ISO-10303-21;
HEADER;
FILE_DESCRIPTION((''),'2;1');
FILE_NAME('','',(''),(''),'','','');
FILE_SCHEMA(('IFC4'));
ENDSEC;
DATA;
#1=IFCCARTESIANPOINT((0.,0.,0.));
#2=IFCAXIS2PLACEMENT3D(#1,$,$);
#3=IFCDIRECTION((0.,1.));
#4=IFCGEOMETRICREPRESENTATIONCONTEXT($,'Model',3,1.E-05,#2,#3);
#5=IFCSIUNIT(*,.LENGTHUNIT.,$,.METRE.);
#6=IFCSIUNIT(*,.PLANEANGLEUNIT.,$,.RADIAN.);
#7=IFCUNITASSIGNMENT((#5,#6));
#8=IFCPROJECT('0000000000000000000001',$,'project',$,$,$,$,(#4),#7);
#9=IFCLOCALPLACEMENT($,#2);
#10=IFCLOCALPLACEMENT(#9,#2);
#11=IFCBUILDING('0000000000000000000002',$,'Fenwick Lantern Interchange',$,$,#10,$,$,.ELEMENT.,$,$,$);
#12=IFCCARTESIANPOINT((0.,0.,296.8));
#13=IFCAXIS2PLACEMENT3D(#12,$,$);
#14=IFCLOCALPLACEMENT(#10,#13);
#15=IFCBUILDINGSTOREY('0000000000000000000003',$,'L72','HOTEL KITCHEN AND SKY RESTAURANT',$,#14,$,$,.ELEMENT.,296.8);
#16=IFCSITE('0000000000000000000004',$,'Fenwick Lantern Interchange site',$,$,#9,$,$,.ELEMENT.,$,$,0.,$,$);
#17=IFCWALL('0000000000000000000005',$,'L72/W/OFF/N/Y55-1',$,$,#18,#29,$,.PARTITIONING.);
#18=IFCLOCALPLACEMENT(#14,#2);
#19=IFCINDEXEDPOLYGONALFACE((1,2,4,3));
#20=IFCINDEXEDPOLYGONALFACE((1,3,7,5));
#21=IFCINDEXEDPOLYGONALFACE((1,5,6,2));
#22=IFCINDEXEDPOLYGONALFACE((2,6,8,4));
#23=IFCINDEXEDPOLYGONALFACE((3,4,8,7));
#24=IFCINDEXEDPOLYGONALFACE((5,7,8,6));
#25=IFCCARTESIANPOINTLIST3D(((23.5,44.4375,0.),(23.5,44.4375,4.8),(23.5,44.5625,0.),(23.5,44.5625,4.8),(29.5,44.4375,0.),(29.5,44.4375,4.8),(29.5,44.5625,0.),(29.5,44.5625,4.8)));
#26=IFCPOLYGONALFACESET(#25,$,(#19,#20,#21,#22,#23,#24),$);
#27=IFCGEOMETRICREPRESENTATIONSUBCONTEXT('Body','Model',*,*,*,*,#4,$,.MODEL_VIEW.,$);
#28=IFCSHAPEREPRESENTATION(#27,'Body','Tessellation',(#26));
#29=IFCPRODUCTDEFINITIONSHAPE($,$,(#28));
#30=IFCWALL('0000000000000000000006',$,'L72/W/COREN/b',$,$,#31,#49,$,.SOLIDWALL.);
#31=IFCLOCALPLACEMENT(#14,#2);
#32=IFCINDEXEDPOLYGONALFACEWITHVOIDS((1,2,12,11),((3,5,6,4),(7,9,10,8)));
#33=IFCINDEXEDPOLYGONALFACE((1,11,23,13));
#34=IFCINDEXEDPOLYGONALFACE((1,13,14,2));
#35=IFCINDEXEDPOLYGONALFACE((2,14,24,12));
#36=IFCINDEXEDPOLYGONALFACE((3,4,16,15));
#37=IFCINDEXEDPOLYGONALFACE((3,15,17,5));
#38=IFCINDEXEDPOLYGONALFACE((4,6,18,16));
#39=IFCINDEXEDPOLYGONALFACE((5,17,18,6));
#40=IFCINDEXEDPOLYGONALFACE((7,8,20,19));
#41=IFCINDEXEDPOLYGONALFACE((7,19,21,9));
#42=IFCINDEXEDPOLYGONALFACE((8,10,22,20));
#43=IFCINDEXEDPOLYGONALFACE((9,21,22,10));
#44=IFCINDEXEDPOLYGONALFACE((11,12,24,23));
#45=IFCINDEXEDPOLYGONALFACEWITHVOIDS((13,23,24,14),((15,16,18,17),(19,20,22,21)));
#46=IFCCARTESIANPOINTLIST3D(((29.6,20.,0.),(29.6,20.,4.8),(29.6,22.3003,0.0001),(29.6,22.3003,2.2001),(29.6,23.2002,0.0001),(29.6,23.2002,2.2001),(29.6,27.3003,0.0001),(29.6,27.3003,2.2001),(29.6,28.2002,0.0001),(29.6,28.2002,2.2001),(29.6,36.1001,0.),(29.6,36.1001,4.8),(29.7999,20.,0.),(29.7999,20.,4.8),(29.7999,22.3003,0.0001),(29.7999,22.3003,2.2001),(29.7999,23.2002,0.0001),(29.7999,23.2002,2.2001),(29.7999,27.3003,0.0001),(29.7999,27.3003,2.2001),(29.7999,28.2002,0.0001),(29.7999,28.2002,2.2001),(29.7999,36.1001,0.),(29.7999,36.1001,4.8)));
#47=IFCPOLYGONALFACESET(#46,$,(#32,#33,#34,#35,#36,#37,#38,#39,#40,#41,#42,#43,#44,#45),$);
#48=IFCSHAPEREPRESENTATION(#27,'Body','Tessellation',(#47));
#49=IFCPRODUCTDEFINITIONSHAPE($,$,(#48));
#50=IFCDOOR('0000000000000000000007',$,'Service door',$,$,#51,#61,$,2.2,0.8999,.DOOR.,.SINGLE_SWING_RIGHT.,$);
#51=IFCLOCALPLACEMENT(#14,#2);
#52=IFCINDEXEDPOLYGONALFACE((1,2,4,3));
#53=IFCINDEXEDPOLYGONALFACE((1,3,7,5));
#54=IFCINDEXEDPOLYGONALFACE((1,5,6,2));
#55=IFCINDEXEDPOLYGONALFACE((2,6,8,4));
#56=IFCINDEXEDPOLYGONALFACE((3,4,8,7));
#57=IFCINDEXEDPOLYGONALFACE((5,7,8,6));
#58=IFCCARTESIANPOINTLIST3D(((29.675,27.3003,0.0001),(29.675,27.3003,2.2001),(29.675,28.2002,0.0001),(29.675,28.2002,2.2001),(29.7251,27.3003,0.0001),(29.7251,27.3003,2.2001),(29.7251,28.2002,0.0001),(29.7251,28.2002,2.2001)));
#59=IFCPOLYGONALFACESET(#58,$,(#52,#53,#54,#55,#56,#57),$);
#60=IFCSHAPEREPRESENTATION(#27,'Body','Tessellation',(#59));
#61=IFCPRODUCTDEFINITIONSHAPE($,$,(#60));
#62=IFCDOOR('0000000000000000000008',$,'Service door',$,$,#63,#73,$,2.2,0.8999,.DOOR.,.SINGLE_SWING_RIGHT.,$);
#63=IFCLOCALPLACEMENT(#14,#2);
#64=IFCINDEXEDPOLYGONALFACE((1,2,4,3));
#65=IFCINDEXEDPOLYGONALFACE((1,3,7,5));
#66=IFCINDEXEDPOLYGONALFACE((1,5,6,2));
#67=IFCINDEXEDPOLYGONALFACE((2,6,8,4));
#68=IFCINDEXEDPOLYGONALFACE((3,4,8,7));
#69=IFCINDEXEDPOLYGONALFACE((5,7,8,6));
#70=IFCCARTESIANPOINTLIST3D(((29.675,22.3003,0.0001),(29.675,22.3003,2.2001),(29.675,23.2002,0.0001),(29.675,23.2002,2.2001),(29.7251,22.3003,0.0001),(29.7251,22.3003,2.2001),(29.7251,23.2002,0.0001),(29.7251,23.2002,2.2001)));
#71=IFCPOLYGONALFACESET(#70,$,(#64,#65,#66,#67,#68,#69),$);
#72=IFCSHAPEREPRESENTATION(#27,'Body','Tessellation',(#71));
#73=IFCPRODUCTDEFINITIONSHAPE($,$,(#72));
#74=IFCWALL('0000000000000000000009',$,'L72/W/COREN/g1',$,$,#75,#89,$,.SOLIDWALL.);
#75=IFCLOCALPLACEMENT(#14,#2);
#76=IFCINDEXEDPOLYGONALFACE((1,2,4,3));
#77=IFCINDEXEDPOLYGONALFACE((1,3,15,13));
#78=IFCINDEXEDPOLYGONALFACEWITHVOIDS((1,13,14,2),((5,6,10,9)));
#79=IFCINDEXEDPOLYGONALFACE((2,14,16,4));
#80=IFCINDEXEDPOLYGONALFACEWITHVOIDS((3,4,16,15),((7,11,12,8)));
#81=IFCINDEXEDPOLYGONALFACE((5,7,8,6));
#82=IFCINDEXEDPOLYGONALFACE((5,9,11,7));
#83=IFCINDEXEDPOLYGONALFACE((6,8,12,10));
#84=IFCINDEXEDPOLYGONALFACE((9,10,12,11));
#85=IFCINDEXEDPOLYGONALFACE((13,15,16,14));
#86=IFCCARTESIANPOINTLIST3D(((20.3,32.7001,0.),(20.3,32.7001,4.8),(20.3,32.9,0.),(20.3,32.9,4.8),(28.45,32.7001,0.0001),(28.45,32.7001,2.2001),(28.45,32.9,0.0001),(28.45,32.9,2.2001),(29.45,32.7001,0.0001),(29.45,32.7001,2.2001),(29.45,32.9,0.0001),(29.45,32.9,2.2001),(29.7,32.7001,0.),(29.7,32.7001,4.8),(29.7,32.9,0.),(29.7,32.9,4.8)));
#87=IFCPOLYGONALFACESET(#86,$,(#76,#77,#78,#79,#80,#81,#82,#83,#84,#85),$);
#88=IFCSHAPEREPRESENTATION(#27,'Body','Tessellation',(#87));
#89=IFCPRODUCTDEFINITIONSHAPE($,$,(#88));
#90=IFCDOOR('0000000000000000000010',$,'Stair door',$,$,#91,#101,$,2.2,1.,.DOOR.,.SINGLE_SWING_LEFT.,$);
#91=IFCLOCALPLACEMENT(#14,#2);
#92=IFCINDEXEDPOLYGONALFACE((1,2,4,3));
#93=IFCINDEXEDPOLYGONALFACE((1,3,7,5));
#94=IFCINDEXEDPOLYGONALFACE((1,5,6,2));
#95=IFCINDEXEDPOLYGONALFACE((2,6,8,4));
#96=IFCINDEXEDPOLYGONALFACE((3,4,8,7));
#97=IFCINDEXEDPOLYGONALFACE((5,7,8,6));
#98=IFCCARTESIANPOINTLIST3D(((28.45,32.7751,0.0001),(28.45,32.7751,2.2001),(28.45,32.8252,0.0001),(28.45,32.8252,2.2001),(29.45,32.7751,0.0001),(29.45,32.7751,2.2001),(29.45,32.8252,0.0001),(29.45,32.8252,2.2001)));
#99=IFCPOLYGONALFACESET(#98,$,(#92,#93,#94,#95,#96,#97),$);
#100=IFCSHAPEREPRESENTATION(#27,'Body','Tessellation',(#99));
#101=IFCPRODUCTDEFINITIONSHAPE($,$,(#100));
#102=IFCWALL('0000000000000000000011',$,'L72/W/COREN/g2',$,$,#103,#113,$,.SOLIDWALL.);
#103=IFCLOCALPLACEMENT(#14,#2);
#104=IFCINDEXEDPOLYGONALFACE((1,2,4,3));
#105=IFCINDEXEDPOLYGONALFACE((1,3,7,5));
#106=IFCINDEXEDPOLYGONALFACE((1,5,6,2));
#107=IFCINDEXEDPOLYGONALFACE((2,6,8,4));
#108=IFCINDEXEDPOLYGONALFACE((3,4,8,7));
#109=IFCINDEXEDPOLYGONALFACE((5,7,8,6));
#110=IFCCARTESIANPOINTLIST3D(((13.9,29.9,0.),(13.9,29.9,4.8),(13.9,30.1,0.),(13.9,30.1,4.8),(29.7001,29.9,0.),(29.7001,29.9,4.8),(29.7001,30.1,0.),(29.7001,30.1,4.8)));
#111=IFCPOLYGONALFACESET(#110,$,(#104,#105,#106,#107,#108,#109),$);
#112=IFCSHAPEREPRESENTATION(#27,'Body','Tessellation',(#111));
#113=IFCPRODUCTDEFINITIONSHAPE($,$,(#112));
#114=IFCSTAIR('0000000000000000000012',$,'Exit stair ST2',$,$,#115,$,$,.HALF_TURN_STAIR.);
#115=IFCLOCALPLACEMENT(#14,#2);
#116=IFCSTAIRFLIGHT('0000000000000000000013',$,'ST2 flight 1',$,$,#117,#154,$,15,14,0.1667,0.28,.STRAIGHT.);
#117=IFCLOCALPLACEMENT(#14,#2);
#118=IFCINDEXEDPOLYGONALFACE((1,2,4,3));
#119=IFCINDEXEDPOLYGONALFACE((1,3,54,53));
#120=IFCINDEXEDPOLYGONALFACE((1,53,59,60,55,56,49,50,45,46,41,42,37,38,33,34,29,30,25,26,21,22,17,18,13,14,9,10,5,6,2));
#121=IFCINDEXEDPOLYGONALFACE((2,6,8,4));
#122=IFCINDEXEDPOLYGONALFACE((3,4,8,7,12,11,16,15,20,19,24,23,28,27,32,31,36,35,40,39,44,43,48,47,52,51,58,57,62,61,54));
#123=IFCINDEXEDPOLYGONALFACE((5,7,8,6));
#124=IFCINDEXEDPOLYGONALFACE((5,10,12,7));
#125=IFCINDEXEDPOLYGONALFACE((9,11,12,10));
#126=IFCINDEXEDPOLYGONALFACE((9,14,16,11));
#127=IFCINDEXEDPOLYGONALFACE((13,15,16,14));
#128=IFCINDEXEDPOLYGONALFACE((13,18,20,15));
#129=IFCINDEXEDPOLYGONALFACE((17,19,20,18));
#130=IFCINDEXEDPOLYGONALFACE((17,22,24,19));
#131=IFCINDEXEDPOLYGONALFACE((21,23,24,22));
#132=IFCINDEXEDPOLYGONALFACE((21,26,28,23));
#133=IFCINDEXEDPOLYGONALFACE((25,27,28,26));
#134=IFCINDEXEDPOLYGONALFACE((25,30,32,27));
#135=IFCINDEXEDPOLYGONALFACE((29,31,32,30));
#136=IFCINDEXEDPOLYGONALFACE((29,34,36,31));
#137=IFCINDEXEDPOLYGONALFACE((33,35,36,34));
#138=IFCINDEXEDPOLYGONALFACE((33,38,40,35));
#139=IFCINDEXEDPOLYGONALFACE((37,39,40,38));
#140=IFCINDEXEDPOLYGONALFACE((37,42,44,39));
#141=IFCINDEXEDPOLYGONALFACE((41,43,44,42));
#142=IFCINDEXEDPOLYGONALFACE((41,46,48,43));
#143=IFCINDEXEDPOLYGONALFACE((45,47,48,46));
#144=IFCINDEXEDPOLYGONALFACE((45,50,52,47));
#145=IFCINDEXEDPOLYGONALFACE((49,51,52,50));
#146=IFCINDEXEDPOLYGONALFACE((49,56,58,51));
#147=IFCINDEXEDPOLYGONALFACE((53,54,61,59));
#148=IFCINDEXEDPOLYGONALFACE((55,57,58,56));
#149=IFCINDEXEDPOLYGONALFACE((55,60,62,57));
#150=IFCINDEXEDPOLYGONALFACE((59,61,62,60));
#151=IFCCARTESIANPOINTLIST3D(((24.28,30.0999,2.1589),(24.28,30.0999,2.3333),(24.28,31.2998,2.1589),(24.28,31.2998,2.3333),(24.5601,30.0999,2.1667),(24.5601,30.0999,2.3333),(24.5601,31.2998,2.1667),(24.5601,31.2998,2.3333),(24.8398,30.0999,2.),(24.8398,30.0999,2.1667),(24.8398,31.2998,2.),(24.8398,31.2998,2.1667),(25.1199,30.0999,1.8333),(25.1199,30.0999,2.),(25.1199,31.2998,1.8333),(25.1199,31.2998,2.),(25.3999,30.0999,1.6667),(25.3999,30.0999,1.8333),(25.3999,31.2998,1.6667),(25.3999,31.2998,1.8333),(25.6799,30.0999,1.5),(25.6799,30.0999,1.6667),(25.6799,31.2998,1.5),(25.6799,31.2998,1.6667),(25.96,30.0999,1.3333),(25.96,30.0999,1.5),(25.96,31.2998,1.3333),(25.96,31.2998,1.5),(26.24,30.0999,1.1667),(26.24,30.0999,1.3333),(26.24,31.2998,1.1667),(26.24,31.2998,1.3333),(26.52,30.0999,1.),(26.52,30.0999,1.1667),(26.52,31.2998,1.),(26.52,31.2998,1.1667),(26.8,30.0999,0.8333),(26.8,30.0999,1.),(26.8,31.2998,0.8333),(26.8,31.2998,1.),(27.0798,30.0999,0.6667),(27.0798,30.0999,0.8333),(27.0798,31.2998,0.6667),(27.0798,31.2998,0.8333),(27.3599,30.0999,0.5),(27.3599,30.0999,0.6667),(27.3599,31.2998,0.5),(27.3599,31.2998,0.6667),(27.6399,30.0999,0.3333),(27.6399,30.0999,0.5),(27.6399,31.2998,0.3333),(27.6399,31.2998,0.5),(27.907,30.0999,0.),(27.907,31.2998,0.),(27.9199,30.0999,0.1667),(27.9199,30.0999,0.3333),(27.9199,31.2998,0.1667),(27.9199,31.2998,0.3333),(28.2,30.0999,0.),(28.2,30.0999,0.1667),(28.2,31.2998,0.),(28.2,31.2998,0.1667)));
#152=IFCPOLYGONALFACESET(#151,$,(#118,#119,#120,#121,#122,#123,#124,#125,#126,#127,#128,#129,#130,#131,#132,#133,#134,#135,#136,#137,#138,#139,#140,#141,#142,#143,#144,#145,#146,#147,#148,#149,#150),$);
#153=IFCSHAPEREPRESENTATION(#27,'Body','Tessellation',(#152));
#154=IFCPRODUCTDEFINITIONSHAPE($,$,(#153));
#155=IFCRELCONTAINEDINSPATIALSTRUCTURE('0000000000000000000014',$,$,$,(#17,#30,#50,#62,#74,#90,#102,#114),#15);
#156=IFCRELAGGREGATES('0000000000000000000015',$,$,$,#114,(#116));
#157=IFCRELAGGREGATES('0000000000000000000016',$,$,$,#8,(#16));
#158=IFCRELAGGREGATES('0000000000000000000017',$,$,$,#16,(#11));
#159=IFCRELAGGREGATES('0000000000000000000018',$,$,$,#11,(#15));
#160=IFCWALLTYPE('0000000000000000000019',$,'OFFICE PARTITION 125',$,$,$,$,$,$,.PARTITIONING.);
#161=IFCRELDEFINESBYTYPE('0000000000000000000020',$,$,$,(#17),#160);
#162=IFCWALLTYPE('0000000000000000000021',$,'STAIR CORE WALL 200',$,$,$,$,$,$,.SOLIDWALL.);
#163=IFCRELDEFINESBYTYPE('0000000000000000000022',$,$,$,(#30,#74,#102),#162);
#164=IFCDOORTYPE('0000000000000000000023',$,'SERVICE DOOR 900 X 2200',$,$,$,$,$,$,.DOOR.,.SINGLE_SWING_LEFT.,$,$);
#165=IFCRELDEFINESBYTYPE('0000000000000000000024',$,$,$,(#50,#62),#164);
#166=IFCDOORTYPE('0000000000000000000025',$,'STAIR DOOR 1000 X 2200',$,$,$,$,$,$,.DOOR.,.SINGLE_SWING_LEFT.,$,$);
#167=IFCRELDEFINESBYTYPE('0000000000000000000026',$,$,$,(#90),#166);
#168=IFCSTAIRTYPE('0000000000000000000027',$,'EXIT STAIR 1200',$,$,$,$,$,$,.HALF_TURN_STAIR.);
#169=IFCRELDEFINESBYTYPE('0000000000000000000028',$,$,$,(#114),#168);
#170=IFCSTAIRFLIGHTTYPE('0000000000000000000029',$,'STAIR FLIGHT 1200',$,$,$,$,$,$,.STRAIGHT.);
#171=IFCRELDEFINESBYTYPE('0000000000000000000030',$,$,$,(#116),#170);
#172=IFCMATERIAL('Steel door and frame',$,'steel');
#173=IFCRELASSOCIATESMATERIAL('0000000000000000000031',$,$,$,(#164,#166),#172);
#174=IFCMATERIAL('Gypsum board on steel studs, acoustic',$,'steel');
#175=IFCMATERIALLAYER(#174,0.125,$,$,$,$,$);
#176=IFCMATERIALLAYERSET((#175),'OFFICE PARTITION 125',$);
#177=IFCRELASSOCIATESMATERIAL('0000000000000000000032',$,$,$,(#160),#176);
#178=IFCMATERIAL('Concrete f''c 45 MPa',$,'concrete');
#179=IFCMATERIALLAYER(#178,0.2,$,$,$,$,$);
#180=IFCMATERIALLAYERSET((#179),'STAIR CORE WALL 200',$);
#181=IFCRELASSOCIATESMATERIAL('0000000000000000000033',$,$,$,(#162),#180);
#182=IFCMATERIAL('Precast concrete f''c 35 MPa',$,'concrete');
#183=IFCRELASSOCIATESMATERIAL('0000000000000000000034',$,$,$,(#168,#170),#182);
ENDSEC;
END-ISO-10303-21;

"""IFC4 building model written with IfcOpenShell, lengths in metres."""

from ifc_helpers import new_model, si_unit, direction, frame, frame_2d, origin, place, context, subcontext, project, spatial, polyline, rectangle, outline, extrude, material, layer, layer_set, type_object, element, fill, aggregate, save


model = new_model("IFC4")

# Units and contexts
model_context = context("Model", 3, precision=1e-05, world=origin(), true_north=direction((0.0, 1.0)))
body_context = subcontext(model_context, "Body", "Model", "MODEL_VIEW")
ifc_project = project(units=[si_unit("LENGTHUNIT", "METRE"), si_unit("PLANEANGLEUNIT", "RADIAN")], contexts=[model_context])

# Site, building, storey
site_placement = place(None, origin())
site = spatial("IfcSite", under=ifc_project, at=site_placement, Name="Fenwick Lantern Interchange site", CompositionType="ELEMENT", RefElevation=0.0)
building_placement = place(site_placement, origin())
building = spatial("IfcBuilding", under=site, at=building_placement, Name="Fenwick Lantern Interchange", CompositionType="ELEMENT")
storey_placement = place(building_placement, frame((0.0, 0.0, 296.8)))
storey = spatial("IfcBuildingStorey", under=building, at=storey_placement, Name="L72", Description="HOTEL KITCHEN AND SKY RESTAURANT", CompositionType="ELEMENT", Elevation=296.8)

# Shared definitions
ifc_material_1 = material(Name="Steel door and frame", Category="steel")
door_type_1 = type_object("IfcDoorType", Name="SERVICE DOOR 900 X 2200", OperationType="SINGLE_SWING_LEFT", PredefinedType="DOOR", material=ifc_material_1)

# Wall
ifc_material_2 = material(Name="Gypsum board on steel studs, acoustic", Category="steel")
ifc_layer_1 = layer(ifc_material_2, 0.125)
ifc_layer_set_1 = layer_set([ifc_layer_1], Name="OFFICE PARTITION 125")
wall_type_1 = type_object("IfcWallType", Name="OFFICE PARTITION 125", PredefinedType="PARTITIONING", material=ifc_layer_set_1)
wall_1_placement = place(storey_placement, frame((29.5, 44.5, 0.0), z_axis=(0.0, 0.0, 1.0), x_axis=(-1.0, 0.0, 0.0)))
element("IfcWall", 1, at=wall_1_placement, inside=storey, type_object=wall_type_1, Name="L72/W/OFF/N/Y55-1", PredefinedType="PARTITIONING", context=body_context, shape_type="SweptSolid", body=[
    extrude(rectangle(XDim=6.0, YDim=0.125, at=frame_2d((3.0, 0.0))), origin(), (0.0, 0.0, 1.0), 4.8),
])

# Wall, openings, doors
ifc_material_3 = material(Name="Concrete f'c 45 MPa", Category="concrete")
ifc_layer_2 = layer(ifc_material_3, 0.2)
ifc_layer_set_2 = layer_set([ifc_layer_2], Name="STAIR CORE WALL 200")
wall_type_2 = type_object("IfcWallType", Name="STAIR CORE WALL 200", PredefinedType="SOLIDWALL", material=ifc_layer_set_2)
wall_2_placement = place(storey_placement, frame((29.7, 36.1001, 0.0), z_axis=(0.0, 0.0, 1.0), x_axis=(0.0, -1.0, 0.0)))
wall_2 = element("IfcWall", 2, at=wall_2_placement, inside=storey, type_object=wall_type_2, Name="L72/W/COREN/b", PredefinedType="SOLIDWALL", context=body_context, shape_type="SweptSolid", body=[
    extrude(rectangle(XDim=16.1001, YDim=0.2, at=frame_2d((8.05, 0.0))), origin(), (0.0, 0.0, 1.0), 4.8),
])
opening_1_placement = place(wall_2_placement, frame((7.8999, 0.0, 0.0)))
opening_1 = element("IfcOpeningElement", 3, at=opening_1_placement, cuts=wall_2, PredefinedType="OPENING", context=body_context, shape_type="SweptSolid", body=[
    extrude(rectangle(XDim=0.8999, YDim=2.2, at=frame_2d((0.45, 1.1001))), frame((0.0, 0.1099, 0.0), z_axis=(0.0, -1.0, 0.0), x_axis=(1.0, 0.0, 0.0)), (0.0, 0.0, 1.0), 0.22),
])
opening_2_placement = place(wall_2_placement, frame((12.8999, 0.0, 0.0)))
opening_2 = element("IfcOpeningElement", 4, at=opening_2_placement, cuts=wall_2, PredefinedType="OPENING", context=body_context, shape_type="SweptSolid", body=[
    extrude(rectangle(XDim=0.8999, YDim=2.2, at=frame_2d((0.45, 1.1001))), frame((0.0, 0.1099, 0.0), z_axis=(0.0, -1.0, 0.0), x_axis=(1.0, 0.0, 0.0)), (0.0, 0.0, 1.0), 0.22),
])
door_1_placement = place(opening_1_placement, frame((0.8999, 0.0, 0.0), z_axis=(0.0, 0.0, 1.0), x_axis=(-1.0, 0.0, 0.0)))
door_1 = element("IfcDoor", 5, at=door_1_placement, inside=storey, type_object=door_type_1, Name="Service door", OperationType="SINGLE_SWING_RIGHT", OverallHeight=2.2, OverallWidth=0.8999, PredefinedType="DOOR", context=body_context, shape_type="SweptSolid", body=[
    extrude(rectangle(XDim=0.8999, YDim=2.2, at=frame_2d((0.45, 1.1001))), frame((0.0, 0.0249, 0.0), z_axis=(0.0, -1.0, 0.0), x_axis=(1.0, 0.0, 0.0)), (0.0, 0.0, 1.0), 0.05),
])
fill(opening_1, door_1)
door_2_placement = place(opening_2_placement, frame((0.8999, 0.0, 0.0), z_axis=(0.0, 0.0, 1.0), x_axis=(-1.0, 0.0, 0.0)))
door_2 = element("IfcDoor", 6, at=door_2_placement, inside=storey, type_object=door_type_1, Name="Service door", OperationType="SINGLE_SWING_RIGHT", OverallHeight=2.2, OverallWidth=0.8999, PredefinedType="DOOR", context=body_context, shape_type="SweptSolid", body=[
    extrude(rectangle(XDim=0.8999, YDim=2.2, at=frame_2d((0.45, 1.1001))), frame((0.0, 0.0249, 0.0), z_axis=(0.0, -1.0, 0.0), x_axis=(1.0, 0.0, 0.0)), (0.0, 0.0, 1.0), 0.05),
])
fill(opening_2, door_2)

# Wall, opening, door
wall_3_placement = place(storey_placement, frame((29.7, 32.8, 0.0), z_axis=(0.0, 0.0, 1.0), x_axis=(-1.0, 0.0, 0.0)))
wall_3 = element("IfcWall", 7, at=wall_3_placement, inside=storey, type_object=wall_type_2, Name="L72/W/COREN/g1", PredefinedType="SOLIDWALL", context=body_context, shape_type="SweptSolid", body=[
    extrude(rectangle(XDim=9.3999, YDim=0.2, at=frame_2d((4.7, 0.0))), origin(), (0.0, 0.0, 1.0), 4.8),
])
opening_3_placement = place(wall_3_placement, frame((0.25, 0.0, 0.0)))
opening_3 = element("IfcOpeningElement", 8, at=opening_3_placement, cuts=wall_3, PredefinedType="OPENING", context=body_context, shape_type="SweptSolid", body=[
    extrude(rectangle(XDim=1.0, YDim=2.2, at=frame_2d((0.5, 1.1001))), frame((0.0, 0.1099, 0.0), z_axis=(0.0, -1.0, 0.0), x_axis=(1.0, 0.0, 0.0)), (0.0, 0.0, 1.0), 0.22),
])
door_type_2 = type_object("IfcDoorType", Name="STAIR DOOR 1000 X 2200", OperationType="SINGLE_SWING_LEFT", PredefinedType="DOOR", material=ifc_material_1)
door_3_placement = place(opening_3_placement, origin())
door_3 = element("IfcDoor", 9, at=door_3_placement, inside=storey, type_object=door_type_2, Name="Stair door", OperationType="SINGLE_SWING_LEFT", OverallHeight=2.2, OverallWidth=1.0, PredefinedType="DOOR", context=body_context, shape_type="SweptSolid", body=[
    extrude(rectangle(XDim=1.0, YDim=2.2, at=frame_2d((0.5, 1.1001))), frame((0.0, 0.0249, 0.0), z_axis=(0.0, -1.0, 0.0), x_axis=(1.0, 0.0, 0.0)), (0.0, 0.0, 1.0), 0.05),
])
fill(opening_3, door_3)

# Wall
wall_4_placement = place(storey_placement, frame((29.7, 30.0, 0.0), z_axis=(0.0, 0.0, 1.0), x_axis=(-1.0, 0.0, 0.0)))
element("IfcWall", 10, at=wall_4_placement, inside=storey, type_object=wall_type_2, Name="L72/W/COREN/g2", PredefinedType="SOLIDWALL", context=body_context, shape_type="SweptSolid", body=[
    extrude(rectangle(XDim=15.8, YDim=0.2, at=frame_2d((7.8999, 0.0))), origin(), (0.0, 0.0, 1.0), 4.8),
])

# Stair, stair flight
ifc_material_4 = material(Name="Precast concrete f'c 35 MPa", Category="concrete")
stair_type = type_object("IfcStairType", Name="EXIT STAIR 1200", PredefinedType="HALF_TURN_STAIR", material=ifc_material_4)
stair_placement = place(storey_placement, origin())
stair = element("IfcStair", 11, at=stair_placement, inside=storey, type_object=stair_type, Name="Exit stair ST2", PredefinedType="HALF_TURN_STAIR")
stair_flight_type = type_object("IfcStairFlightType", Name="STAIR FLIGHT 1200", PredefinedType="STRAIGHT", material=ifc_material_4)
stair_flight_1_placement = place(storey_placement, frame((28.2, 30.7, 0.0), z_axis=(0.0, 0.0, 1.0), x_axis=(-1.0, 0.0, 0.0)))
stair_flight_1 = element("IfcStairFlight", 12, at=stair_flight_1_placement, type_object=stair_flight_type, Name="ST2 flight 1", NumberOfRisers=15, NumberOfTreads=14, PredefinedType="STRAIGHT", RiserHeight=0.1667, TreadLength=0.28, context=body_context, shape_type="SweptSolid", body=[
    extrude(outline(polyline([(0.0, 0.0), (0.0, 0.1667), (0.28, 0.1667), (0.28, 0.3333), (0.5601, 0.3333), (0.5601, 0.5), (0.8401, 0.5), (0.8401, 0.6667), (1.1201, 0.6667), (1.1201, 0.8333), (1.3999, 0.8333), (1.3999, 1.0), (1.6799, 1.0), (1.6799, 1.1667), (1.96, 1.1667), (1.96, 1.3333), (2.24, 1.3333), (2.24, 1.5), (2.52, 1.5), (2.52, 1.6667), (2.8, 1.6667), (2.8, 1.8333), (3.0801, 1.8333), (3.0801, 2.0), (3.3601, 2.0), (3.3601, 2.1667), (3.6399, 2.1667), (3.6399, 2.3333), (3.9199, 2.3333), (3.9199, 2.5), (3.9199, 2.1589), (0.293, 0.0), (0.0, 0.0)])), frame((0.0, 0.6001, 0.0), z_axis=(0.0, -1.0, 0.0), x_axis=(1.0, 0.0, 0.0)), (0.0, 0.0, 1.0), 1.2),
])
aggregate(stair, [stair_flight_1])

save(model, "model.ifc")
